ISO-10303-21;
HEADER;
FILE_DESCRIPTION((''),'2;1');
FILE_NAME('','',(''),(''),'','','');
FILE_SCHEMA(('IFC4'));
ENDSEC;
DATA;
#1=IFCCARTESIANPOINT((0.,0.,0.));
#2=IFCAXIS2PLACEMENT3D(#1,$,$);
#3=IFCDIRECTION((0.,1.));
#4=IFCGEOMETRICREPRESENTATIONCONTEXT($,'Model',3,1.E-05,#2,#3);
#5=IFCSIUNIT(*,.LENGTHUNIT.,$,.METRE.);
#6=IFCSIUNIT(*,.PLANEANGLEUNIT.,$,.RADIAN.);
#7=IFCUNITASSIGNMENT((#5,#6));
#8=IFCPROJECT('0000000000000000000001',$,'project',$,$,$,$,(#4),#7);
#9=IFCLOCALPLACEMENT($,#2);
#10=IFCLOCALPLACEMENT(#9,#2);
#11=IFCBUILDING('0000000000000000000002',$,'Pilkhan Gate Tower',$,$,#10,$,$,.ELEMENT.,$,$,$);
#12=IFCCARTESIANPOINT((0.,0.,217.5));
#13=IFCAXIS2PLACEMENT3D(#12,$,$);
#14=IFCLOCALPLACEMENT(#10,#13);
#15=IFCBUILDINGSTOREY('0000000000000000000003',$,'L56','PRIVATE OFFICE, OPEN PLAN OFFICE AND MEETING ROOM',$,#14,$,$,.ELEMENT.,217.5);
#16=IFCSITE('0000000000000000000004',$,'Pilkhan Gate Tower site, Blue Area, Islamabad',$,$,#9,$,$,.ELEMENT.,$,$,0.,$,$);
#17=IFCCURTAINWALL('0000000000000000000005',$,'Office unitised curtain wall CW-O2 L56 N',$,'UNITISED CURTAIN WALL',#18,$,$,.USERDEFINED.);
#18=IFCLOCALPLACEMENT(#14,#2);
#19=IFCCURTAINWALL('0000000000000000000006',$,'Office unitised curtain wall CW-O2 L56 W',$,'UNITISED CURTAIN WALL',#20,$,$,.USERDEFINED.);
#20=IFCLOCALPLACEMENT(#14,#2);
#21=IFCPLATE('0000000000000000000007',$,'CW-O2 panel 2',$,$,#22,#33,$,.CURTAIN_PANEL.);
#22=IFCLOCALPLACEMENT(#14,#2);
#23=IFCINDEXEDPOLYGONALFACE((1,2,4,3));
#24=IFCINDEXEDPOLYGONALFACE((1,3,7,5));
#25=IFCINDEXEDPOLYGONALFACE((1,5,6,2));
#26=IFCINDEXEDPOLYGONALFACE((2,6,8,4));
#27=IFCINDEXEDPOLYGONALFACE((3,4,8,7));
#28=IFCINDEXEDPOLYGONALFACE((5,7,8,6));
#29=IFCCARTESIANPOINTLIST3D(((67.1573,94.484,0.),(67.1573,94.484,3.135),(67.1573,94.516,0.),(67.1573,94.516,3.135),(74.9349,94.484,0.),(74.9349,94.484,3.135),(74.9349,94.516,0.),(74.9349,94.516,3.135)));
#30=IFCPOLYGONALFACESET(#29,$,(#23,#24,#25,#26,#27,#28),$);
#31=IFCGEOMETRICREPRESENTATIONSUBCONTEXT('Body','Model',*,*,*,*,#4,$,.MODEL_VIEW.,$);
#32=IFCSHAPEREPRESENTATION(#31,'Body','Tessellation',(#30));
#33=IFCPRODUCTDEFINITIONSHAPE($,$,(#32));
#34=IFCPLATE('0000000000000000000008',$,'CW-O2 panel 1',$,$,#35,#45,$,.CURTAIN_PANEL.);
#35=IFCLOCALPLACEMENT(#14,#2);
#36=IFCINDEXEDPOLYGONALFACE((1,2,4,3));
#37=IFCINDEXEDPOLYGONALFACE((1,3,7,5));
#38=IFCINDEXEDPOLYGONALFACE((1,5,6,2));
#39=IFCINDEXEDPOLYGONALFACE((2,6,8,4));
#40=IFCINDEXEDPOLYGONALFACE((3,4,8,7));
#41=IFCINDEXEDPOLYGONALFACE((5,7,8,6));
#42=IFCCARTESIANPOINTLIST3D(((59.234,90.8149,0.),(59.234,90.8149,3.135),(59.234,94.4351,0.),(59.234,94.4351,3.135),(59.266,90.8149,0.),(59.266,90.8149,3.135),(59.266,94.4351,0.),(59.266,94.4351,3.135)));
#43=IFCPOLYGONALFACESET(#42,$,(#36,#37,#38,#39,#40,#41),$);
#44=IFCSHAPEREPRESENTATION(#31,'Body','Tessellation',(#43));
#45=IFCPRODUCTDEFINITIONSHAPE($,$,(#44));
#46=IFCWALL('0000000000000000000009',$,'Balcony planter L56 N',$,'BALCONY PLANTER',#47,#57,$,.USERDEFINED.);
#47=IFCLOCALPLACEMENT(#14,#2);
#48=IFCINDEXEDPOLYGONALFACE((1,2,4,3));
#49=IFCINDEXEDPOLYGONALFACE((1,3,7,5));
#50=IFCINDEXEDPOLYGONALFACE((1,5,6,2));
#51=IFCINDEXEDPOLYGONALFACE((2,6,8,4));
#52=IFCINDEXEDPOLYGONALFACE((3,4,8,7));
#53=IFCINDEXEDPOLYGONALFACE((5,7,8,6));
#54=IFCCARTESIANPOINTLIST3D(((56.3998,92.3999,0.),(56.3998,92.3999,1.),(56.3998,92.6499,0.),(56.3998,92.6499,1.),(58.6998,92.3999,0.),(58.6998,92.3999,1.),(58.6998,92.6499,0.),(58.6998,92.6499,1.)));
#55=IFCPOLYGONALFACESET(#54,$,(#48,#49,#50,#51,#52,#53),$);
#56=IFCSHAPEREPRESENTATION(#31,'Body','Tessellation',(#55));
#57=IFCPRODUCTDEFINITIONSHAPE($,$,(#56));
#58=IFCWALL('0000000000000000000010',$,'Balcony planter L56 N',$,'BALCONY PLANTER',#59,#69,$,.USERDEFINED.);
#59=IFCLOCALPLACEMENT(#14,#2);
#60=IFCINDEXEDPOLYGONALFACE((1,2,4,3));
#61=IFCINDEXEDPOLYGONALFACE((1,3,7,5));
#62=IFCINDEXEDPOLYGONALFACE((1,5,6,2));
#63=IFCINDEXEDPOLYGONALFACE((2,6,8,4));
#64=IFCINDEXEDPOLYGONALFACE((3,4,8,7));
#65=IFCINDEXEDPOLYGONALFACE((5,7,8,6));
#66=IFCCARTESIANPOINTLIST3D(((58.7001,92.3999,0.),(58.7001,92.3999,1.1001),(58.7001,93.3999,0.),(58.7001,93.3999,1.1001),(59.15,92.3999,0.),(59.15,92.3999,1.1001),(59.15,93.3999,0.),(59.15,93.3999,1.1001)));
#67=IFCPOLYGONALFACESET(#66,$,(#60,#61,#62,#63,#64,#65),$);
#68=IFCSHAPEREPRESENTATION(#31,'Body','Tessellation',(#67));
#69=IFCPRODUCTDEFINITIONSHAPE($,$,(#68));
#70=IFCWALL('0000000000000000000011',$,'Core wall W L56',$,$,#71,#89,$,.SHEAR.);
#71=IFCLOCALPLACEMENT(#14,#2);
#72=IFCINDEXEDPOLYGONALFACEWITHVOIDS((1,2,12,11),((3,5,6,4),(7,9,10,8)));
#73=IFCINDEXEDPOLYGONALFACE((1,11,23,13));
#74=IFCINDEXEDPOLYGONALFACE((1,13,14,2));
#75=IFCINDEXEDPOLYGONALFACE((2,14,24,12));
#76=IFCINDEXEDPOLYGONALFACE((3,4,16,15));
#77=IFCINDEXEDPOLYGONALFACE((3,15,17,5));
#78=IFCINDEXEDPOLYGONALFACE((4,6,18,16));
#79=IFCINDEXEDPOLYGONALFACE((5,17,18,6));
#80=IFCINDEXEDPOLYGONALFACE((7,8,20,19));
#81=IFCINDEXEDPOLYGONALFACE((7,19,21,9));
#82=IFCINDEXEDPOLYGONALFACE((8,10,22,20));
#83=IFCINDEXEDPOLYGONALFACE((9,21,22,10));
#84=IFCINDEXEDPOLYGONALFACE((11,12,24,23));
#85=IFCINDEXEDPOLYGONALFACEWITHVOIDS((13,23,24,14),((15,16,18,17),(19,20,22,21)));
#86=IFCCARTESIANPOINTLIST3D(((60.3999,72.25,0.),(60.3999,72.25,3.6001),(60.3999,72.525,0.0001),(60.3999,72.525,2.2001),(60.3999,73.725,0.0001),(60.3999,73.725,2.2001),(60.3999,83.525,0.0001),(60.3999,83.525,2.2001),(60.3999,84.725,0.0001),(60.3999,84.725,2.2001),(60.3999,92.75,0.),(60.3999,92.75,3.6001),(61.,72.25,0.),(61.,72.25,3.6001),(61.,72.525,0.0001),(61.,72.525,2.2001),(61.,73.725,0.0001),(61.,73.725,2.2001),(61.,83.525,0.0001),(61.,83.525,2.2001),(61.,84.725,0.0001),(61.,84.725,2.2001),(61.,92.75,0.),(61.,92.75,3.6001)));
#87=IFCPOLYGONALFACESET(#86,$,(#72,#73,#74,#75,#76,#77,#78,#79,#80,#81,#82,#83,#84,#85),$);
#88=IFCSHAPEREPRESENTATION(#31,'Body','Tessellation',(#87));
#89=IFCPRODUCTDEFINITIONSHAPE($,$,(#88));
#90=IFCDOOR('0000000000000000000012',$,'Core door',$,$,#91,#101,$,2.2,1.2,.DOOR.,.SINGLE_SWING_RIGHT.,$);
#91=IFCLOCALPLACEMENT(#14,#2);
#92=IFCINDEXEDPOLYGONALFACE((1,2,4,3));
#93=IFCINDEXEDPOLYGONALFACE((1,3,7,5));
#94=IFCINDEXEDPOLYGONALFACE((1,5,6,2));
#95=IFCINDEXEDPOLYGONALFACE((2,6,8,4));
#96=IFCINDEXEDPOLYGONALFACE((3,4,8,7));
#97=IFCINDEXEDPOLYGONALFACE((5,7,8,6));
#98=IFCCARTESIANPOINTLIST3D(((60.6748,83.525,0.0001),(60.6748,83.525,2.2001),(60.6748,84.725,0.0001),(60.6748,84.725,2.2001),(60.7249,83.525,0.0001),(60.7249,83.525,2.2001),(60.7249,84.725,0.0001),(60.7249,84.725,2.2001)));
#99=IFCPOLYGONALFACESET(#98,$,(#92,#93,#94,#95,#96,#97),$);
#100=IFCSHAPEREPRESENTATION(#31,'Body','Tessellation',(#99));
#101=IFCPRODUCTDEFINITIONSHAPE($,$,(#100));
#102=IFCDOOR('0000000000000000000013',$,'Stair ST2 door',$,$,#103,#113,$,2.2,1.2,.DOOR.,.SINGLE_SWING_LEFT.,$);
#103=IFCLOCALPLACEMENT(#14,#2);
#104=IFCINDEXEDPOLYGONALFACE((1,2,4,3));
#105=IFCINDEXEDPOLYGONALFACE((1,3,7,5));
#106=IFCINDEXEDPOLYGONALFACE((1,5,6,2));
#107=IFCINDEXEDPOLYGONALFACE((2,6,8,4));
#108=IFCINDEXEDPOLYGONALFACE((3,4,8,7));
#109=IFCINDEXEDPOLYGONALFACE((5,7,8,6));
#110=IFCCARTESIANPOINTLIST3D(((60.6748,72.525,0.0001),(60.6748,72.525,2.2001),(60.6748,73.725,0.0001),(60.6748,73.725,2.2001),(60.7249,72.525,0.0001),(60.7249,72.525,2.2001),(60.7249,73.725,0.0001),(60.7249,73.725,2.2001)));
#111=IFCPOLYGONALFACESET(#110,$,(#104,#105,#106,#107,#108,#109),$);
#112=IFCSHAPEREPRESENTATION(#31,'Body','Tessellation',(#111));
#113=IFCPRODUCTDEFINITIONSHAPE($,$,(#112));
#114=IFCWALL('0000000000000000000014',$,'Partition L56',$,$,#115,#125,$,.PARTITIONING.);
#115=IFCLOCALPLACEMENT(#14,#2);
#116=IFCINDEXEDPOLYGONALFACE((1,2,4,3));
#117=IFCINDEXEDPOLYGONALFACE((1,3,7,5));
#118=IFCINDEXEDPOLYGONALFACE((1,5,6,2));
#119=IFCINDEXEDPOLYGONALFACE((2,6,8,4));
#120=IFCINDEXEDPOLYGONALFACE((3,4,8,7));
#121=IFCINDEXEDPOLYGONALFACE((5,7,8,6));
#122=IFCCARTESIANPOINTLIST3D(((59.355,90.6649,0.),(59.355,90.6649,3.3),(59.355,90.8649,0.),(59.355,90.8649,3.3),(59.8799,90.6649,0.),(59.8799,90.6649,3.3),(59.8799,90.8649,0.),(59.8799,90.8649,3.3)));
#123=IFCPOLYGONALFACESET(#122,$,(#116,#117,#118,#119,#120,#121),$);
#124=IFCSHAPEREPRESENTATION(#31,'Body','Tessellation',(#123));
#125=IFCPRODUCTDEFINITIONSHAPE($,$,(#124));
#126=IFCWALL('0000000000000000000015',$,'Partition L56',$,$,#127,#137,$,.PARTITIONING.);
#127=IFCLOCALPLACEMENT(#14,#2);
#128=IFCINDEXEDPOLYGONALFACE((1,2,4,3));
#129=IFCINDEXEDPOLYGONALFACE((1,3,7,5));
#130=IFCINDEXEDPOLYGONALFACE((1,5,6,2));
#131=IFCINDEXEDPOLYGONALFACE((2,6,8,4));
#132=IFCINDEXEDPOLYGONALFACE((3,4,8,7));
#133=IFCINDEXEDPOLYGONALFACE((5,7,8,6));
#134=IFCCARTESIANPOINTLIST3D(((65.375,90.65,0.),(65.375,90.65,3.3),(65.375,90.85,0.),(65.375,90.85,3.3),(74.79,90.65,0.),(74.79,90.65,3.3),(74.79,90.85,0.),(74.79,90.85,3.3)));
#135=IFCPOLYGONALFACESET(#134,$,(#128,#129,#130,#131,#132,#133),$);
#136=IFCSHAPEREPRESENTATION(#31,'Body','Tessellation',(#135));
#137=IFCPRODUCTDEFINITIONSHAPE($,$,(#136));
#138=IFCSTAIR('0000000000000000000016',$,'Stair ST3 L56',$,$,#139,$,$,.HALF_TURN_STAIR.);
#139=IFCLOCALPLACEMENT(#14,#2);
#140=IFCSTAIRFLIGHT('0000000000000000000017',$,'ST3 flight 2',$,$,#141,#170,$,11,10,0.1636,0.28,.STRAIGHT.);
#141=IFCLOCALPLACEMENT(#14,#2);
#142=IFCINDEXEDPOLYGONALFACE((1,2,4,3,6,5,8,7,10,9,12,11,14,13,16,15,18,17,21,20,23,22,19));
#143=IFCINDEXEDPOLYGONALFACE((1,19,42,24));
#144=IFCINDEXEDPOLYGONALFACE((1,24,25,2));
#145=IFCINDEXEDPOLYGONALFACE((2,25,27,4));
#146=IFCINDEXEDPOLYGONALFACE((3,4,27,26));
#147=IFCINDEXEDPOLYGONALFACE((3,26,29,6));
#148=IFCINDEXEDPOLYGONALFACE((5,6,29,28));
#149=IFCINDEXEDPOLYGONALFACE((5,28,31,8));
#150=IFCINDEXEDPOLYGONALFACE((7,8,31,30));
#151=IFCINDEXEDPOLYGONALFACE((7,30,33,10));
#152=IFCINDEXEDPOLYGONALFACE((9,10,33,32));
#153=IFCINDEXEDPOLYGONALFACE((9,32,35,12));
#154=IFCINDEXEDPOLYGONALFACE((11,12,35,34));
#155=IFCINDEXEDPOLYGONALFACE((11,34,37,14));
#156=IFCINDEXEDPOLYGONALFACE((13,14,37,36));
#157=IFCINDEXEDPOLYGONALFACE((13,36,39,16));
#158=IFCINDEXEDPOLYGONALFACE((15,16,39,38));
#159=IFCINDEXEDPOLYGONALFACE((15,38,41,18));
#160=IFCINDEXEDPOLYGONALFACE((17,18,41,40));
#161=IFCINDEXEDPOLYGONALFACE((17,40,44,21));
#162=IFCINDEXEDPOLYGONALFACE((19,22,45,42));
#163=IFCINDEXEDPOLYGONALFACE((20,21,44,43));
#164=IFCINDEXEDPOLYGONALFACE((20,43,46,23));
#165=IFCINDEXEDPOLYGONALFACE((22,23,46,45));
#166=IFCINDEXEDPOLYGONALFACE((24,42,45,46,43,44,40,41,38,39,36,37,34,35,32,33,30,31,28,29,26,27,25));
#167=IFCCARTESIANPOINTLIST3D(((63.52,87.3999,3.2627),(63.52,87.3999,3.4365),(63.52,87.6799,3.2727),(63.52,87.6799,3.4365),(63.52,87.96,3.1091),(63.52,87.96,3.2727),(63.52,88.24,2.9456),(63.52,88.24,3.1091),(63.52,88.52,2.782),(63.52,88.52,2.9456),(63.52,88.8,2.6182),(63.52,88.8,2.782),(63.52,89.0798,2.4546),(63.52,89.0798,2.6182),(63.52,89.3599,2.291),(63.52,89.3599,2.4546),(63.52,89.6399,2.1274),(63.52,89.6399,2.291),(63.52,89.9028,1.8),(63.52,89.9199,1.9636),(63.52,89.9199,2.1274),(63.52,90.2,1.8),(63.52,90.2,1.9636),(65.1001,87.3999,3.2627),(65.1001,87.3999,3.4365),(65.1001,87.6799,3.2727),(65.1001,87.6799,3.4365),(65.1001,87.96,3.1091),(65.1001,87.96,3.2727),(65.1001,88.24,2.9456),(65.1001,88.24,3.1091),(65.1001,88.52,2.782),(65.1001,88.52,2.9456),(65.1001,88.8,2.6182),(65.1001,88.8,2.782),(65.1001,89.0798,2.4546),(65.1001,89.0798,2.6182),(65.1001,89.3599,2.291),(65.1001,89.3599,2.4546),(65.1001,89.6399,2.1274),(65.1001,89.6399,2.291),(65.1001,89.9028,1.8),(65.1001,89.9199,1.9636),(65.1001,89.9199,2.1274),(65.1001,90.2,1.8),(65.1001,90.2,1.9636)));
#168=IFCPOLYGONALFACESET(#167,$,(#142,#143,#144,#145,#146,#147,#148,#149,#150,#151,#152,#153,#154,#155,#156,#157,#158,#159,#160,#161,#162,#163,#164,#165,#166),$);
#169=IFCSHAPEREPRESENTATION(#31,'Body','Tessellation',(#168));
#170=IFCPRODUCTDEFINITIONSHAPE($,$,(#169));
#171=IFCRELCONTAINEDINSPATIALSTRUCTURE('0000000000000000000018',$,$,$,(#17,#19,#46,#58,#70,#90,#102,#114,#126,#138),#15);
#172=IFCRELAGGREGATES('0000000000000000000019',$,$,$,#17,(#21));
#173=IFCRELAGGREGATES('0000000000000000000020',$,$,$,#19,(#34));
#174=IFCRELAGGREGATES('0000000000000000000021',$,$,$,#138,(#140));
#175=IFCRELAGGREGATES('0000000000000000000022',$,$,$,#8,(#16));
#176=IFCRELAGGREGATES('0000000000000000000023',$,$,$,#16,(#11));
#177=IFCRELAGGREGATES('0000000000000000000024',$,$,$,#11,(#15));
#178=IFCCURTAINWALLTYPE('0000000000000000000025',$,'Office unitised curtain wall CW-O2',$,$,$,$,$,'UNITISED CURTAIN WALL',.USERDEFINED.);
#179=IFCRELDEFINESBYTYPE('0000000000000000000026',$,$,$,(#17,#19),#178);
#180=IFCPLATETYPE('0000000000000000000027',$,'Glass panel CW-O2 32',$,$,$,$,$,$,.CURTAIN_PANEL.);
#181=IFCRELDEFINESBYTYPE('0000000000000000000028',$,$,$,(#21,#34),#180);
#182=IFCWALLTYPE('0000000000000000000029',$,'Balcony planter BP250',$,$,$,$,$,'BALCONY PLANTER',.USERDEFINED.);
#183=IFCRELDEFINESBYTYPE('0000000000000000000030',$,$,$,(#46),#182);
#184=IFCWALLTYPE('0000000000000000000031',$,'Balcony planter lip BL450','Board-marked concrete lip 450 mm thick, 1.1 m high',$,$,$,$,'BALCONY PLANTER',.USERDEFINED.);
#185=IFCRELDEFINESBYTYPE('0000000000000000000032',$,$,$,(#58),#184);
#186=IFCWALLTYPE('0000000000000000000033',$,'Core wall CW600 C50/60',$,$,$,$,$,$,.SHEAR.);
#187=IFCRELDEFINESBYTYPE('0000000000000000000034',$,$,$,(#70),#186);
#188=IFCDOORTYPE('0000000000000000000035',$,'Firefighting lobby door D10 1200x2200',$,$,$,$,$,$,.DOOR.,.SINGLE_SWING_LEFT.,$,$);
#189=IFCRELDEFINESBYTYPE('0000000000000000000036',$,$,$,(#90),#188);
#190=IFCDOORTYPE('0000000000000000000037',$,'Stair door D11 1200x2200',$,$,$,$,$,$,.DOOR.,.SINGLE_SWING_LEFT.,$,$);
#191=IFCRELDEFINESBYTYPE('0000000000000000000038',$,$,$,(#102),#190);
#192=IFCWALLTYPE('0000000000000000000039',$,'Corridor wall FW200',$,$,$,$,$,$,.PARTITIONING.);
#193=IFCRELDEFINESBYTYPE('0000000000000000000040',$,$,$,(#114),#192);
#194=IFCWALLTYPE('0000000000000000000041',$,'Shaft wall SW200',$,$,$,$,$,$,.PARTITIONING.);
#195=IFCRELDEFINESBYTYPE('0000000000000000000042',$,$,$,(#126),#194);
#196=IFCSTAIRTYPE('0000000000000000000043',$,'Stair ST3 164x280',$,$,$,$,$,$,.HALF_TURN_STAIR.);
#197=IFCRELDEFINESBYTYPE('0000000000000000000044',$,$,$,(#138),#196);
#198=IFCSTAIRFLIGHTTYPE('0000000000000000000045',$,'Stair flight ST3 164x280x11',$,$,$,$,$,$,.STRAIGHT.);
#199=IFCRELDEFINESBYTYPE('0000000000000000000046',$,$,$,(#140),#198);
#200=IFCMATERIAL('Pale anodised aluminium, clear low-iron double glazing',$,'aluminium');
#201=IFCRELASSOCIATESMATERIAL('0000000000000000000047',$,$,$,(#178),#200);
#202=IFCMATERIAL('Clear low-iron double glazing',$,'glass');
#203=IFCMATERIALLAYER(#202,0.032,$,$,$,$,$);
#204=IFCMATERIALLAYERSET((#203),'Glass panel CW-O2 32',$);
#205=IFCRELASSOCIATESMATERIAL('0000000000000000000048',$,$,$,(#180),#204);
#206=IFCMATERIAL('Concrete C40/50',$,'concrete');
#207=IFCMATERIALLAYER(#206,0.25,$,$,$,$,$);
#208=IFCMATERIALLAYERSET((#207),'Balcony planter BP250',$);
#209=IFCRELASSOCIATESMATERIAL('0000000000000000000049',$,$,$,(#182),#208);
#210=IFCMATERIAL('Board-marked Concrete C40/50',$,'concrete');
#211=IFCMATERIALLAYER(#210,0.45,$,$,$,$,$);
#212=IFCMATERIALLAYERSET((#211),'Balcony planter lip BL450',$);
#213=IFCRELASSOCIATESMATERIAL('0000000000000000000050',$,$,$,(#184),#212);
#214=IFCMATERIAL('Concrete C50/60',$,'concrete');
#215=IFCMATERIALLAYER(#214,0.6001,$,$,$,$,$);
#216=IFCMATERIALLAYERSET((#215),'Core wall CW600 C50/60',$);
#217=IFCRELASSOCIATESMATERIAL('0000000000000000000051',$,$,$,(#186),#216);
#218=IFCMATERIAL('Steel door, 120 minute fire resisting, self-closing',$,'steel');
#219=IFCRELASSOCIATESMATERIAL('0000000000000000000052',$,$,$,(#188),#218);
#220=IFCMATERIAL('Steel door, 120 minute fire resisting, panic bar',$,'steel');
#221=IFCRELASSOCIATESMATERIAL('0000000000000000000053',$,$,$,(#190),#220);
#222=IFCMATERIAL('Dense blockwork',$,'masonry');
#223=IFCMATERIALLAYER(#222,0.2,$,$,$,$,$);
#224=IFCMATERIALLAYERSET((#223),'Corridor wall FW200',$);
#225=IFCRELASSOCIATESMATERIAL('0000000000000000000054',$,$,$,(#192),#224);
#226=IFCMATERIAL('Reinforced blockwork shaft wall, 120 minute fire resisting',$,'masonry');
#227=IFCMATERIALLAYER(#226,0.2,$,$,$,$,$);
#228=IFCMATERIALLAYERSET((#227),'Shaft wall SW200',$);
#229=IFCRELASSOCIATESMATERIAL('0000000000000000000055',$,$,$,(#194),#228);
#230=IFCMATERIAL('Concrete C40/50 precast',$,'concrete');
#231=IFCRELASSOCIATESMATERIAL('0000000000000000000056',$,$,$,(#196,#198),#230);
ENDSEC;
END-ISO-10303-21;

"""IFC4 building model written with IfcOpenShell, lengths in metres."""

from ifc_helpers import new_model, si_unit, direction, frame, frame_2d, origin, origin_2d, place, context, subcontext, project, spatial, polyline, rectangle, outline, extrude, material, layer, layer_set, type_object, element, fill, aggregate, save


model = new_model("IFC4")

# Units and contexts
model_context = context("Model", 3, precision=1e-05, world=origin(), true_north=direction((0.0, 1.0)))
body_context = subcontext(model_context, "Body", "Model", "MODEL_VIEW")
ifc_project = project(units=[si_unit("LENGTHUNIT", "METRE"), si_unit("PLANEANGLEUNIT", "RADIAN")], contexts=[model_context])

# Site, building, storey
site_placement = place(None, origin())
site = spatial("IfcSite", under=ifc_project, at=site_placement, Name="Pilkhan Gate Tower site, Blue Area, Islamabad", CompositionType="ELEMENT", RefElevation=0.0)
building_placement = place(site_placement, origin())
building = spatial("IfcBuilding", under=site, at=building_placement, Name="Pilkhan Gate Tower", CompositionType="ELEMENT")
storey_placement = place(building_placement, frame((0.0, 0.0, 217.5)))
storey = spatial("IfcBuildingStorey", under=building, at=storey_placement, Name="L56", Description="PRIVATE OFFICE, OPEN PLAN OFFICE AND MEETING ROOM", CompositionType="ELEMENT", Elevation=217.5)

# Shared definitions
ifc_material_1 = material(Name="Concrete C50/60", Category="concrete")

# Curtain walls
ifc_material_2 = material(Name="Pale anodised aluminium, clear low-iron double glazing", Category="aluminium")
curtain_wall_type = type_object("IfcCurtainWallType", Name="Office unitised curtain wall CW-O2", ElementType="UNITISED CURTAIN WALL", PredefinedType="USERDEFINED", material=ifc_material_2)
curtain_wall_1_placement = place(storey_placement, origin())
curtain_wall_1 = element("IfcCurtainWall", 1, at=curtain_wall_1_placement, inside=storey, type_object=curtain_wall_type, Name="Office unitised curtain wall CW-O2 L56 N", ObjectType="UNITISED CURTAIN WALL", PredefinedType="USERDEFINED")
curtain_wall_2_placement = place(storey_placement, origin())
curtain_wall_2 = element("IfcCurtainWall", 2, at=curtain_wall_2_placement, inside=storey, type_object=curtain_wall_type, Name="Office unitised curtain wall CW-O2 L56 W", ObjectType="UNITISED CURTAIN WALL", PredefinedType="USERDEFINED")

# Plates
ifc_material_3 = material(Name="Clear low-iron double glazing", Category="glass")
ifc_layer_1 = layer(ifc_material_3, 0.032)
ifc_layer_set_1 = layer_set([ifc_layer_1], Name="Glass panel CW-O2 32")
plate_type = type_object("IfcPlateType", Name="Glass panel CW-O2 32", PredefinedType="CURTAIN_PANEL", material=ifc_layer_set_1)
plate_1_placement = place(storey_placement, frame((71.0461, 94.5, 0.0), z_axis=(0.0, 0.0, 1.0), x_axis=(1.0, 0.0, 0.0)))
plate_1 = element("IfcPlate", 3, at=plate_1_placement, type_object=plate_type, Name="CW-O2 panel 2", PredefinedType="CURTAIN_PANEL", context=body_context, shape_type="SweptSolid", body=[
    extrude(rectangle(XDim=7.7776, YDim=0.032, at=origin_2d()), origin(), (0.0, 0.0, 1.0), 3.135),
])
aggregate(curtain_wall_1, [plate_1])
plate_2_placement = place(storey_placement, frame((59.25, 92.625, 0.0), z_axis=(0.0, 0.0, 1.0), x_axis=(0.0, 1.0, 0.0)))
plate_2 = element("IfcPlate", 4, at=plate_2_placement, type_object=plate_type, Name="CW-O2 panel 1", PredefinedType="CURTAIN_PANEL", context=body_context, shape_type="SweptSolid", body=[
    extrude(rectangle(XDim=3.6201, YDim=0.032, at=origin_2d()), origin(), (0.0, 0.0, 1.0), 3.135),
])
aggregate(curtain_wall_2, [plate_2])

# Walls
ifc_material_4 = material(Name="Concrete C40/50", Category="concrete")
ifc_layer_2 = layer(ifc_material_4, 0.25)
ifc_layer_set_2 = layer_set([ifc_layer_2], Name="Balcony planter BP250")
wall_type_1 = type_object("IfcWallType", Name="Balcony planter BP250", ElementType="BALCONY PLANTER", PredefinedType="USERDEFINED", material=ifc_layer_set_2)
wall_1_placement = place(storey_placement, frame((56.3999, 92.5249, 0.0), z_axis=(0.0, 0.0, 1.0), x_axis=(1.0, 0.0, 0.0)))
element("IfcWall", 5, at=wall_1_placement, inside=storey, type_object=wall_type_1, Name="Balcony planter L56 N", ObjectType="BALCONY PLANTER", PredefinedType="USERDEFINED", context=body_context, shape_type="SweptSolid", body=[
    extrude(rectangle(XDim=2.3, YDim=0.25, at=frame_2d((1.1499, 0.0))), origin(), (0.0, 0.0, 1.0), 1.0),
])
ifc_material_5 = material(Name="Board-marked Concrete C40/50", Category="concrete")
ifc_layer_3 = layer(ifc_material_5, 0.45)
ifc_layer_set_3 = layer_set([ifc_layer_3], Name="Balcony planter lip BL450")
wall_type_2 = type_object("IfcWallType", Name="Balcony planter lip BL450", Description="Board-marked concrete lip 450 mm thick, 1.1 m high", ElementType="BALCONY PLANTER", PredefinedType="USERDEFINED", material=ifc_layer_set_3)
wall_2_placement = place(storey_placement, frame((58.925, 92.3999, 0.0), z_axis=(0.0, 0.0, 1.0), x_axis=(0.0, 1.0, 0.0)))
element("IfcWall", 6, at=wall_2_placement, inside=storey, type_object=wall_type_2, Name="Balcony planter L56 N", ObjectType="BALCONY PLANTER", PredefinedType="USERDEFINED", context=body_context, shape_type="SweptSolid", body=[
    extrude(rectangle(XDim=1.0, YDim=0.45, at=frame_2d((0.5, 0.0))), origin(), (0.0, 0.0, 1.0), 1.1001),
])

# Wall, openings, doors
ifc_layer_4 = layer(ifc_material_1, 0.6001)
ifc_layer_set_4 = layer_set([ifc_layer_4], Name="Core wall CW600 C50/60")
wall_type_3 = type_object("IfcWallType", Name="Core wall CW600 C50/60", PredefinedType="SHEAR", material=ifc_layer_set_4)
wall_3_placement = place(storey_placement, frame((60.7, 92.75, 0.0), z_axis=(0.0, 0.0, 1.0), x_axis=(0.0, -1.0, 0.0)))
wall_3 = element("IfcWall", 7, at=wall_3_placement, inside=storey, type_object=wall_type_3, Name="Core wall W L56", PredefinedType="SHEAR", context=body_context, shape_type="SweptSolid", body=[
    extrude(rectangle(XDim=20.5, YDim=0.6001, at=frame_2d((10.25, 0.0))), origin(), (0.0, 0.0, 1.0), 3.6001),
])
opening_1_placement = place(wall_3_placement, frame((19.0249, 0.0, 0.0)))
opening_1 = element("IfcOpeningElement", 8, at=opening_1_placement, cuts=wall_3, PredefinedType="OPENING", context=body_context, shape_type="SweptSolid", body=[
    extrude(rectangle(XDim=1.2, YDim=2.2, at=frame_2d((0.6001, 1.1001))), frame((0.0, 0.3101, 0.0), z_axis=(0.0, -1.0, 0.0), x_axis=(1.0, 0.0, 0.0)), (0.0, 0.0, 1.0), 0.6201),
])
opening_2_placement = place(wall_3_placement, frame((8.0249, 0.0, 0.0)))
opening_2 = element("IfcOpeningElement", 9, at=opening_2_placement, cuts=wall_3, PredefinedType="OPENING", context=body_context, shape_type="SweptSolid", body=[
    extrude(rectangle(XDim=1.2, YDim=2.2, at=frame_2d((0.6001, 1.1001))), frame((0.0, 0.3101, 0.0), z_axis=(0.0, -1.0, 0.0), x_axis=(1.0, 0.0, 0.0)), (0.0, 0.0, 1.0), 0.6201),
])
ifc_material_6 = material(Name="Steel door, 120 minute fire resisting, self-closing", Category="steel")
door_type_1 = type_object("IfcDoorType", Name="Firefighting lobby door D10 1200x2200", OperationType="SINGLE_SWING_LEFT", PredefinedType="DOOR", material=ifc_material_6)
door_1_placement = place(opening_2_placement, origin())
door_1 = element("IfcDoor", 10, at=door_1_placement, inside=storey, type_object=door_type_1, Name="Core door", OperationType="SINGLE_SWING_RIGHT", OverallHeight=2.2, OverallWidth=1.2, PredefinedType="DOOR", context=body_context, shape_type="SweptSolid", body=[
    extrude(rectangle(XDim=1.2, YDim=2.2, at=frame_2d((0.6001, 1.1001))), frame((0.0, 0.0249, 0.0), z_axis=(0.0, -1.0, 0.0), x_axis=(1.0, 0.0, 0.0)), (0.0, 0.0, 1.0), 0.05),
])
fill(opening_2, door_1)
ifc_material_7 = material(Name="Steel door, 120 minute fire resisting, panic bar", Category="steel")
door_type_2 = type_object("IfcDoorType", Name="Stair door D11 1200x2200", OperationType="SINGLE_SWING_LEFT", PredefinedType="DOOR", material=ifc_material_7)
door_2_placement = place(opening_1_placement, origin())
door_2 = element("IfcDoor", 11, at=door_2_placement, inside=storey, type_object=door_type_2, Name="Stair ST2 door", OperationType="SINGLE_SWING_LEFT", OverallHeight=2.2, OverallWidth=1.2, PredefinedType="DOOR", context=body_context, shape_type="SweptSolid", body=[
    extrude(rectangle(XDim=1.2, YDim=2.2, at=frame_2d((0.6001, 1.1001))), frame((0.0, 0.0249, 0.0), z_axis=(0.0, -1.0, 0.0), x_axis=(1.0, 0.0, 0.0)), (0.0, 0.0, 1.0), 0.05),
])
fill(opening_1, door_2)

# Wall
ifc_material_8 = material(Name="Dense blockwork", Category="masonry")
ifc_layer_5 = layer(ifc_material_8, 0.2)
ifc_layer_set_5 = layer_set([ifc_layer_5], Name="Corridor wall FW200")
wall_type_4 = type_object("IfcWallType", Name="Corridor wall FW200", PredefinedType="PARTITIONING", material=ifc_layer_set_5)
wall_4_placement = place(storey_placement, frame((59.355, 90.7649, 0.0), z_axis=(0.0, 0.0, 1.0), x_axis=(1.0, 0.0, 0.0)))
element("IfcWall", 12, at=wall_4_placement, inside=storey, type_object=wall_type_4, Name="Partition L56", PredefinedType="PARTITIONING", context=body_context, shape_type="SweptSolid", body=[
    extrude(rectangle(XDim=0.5249, YDim=0.2, at=frame_2d((0.2625, 0.0))), origin(), (0.0, 0.0, 1.0), 3.3),
])

# Wall
ifc_material_9 = material(Name="Reinforced blockwork shaft wall, 120 minute fire resisting", Category="masonry")
ifc_layer_6 = layer(ifc_material_9, 0.2)
ifc_layer_set_6 = layer_set([ifc_layer_6], Name="Shaft wall SW200")
wall_type_5 = type_object("IfcWallType", Name="Shaft wall SW200", PredefinedType="PARTITIONING", material=ifc_layer_set_6)
wall_5_placement = place(storey_placement, frame((65.375, 90.75, 0.0), z_axis=(0.0, 0.0, 1.0), x_axis=(1.0, 0.0, 0.0)))
element("IfcWall", 13, at=wall_5_placement, inside=storey, type_object=wall_type_5, Name="Partition L56", PredefinedType="PARTITIONING", context=body_context, shape_type="SweptSolid", body=[
    extrude(rectangle(XDim=9.415, YDim=0.2, at=frame_2d((4.7075, 0.0))), origin(), (0.0, 0.0, 1.0), 3.3),
])

# Stair, stair flight
ifc_material_10 = material(Name="Concrete C40/50 precast", Category="concrete")
stair_type = type_object("IfcStairType", Name="Stair ST3 164x280", PredefinedType="HALF_TURN_STAIR", material=ifc_material_10)
stair_placement = place(storey_placement, origin())
stair = element("IfcStair", 14, at=stair_placement, inside=storey, type_object=stair_type, Name="Stair ST3 L56", PredefinedType="HALF_TURN_STAIR")
stair_flight_type = type_object("IfcStairFlightType", Name="Stair flight ST3 164x280x11", PredefinedType="STRAIGHT", material=ifc_material_10)
stair_flight_placement = place(storey_placement, frame((64.3101, 90.2, 1.8), z_axis=(0.0, 0.0, 1.0), x_axis=(0.0, -1.0, 0.0)))
stair_flight = element("IfcStairFlight", 15, at=stair_flight_placement, type_object=stair_flight_type, Name="ST3 flight 2", NumberOfRisers=11, NumberOfTreads=10, PredefinedType="STRAIGHT", RiserHeight=0.1636, TreadLength=0.28, context=body_context, shape_type="SweptSolid", body=[
    extrude(outline(polyline([(0.0, 0.0), (0.0, 0.1636), (0.28, 0.1636), (0.28, 0.3274), (0.5601, 0.3274), (0.5601, 0.491), (0.8401, 0.491), (0.8401, 0.6545), (1.1201, 0.6545), (1.1201, 0.8181), (1.3999, 0.8181), (1.3999, 0.9819), (1.6799, 0.9819), (1.6799, 1.1455), (1.96, 1.1455), (1.96, 1.3091), (2.24, 1.3091), (2.24, 1.4727), (2.52, 1.4727), (2.52, 1.6365), (2.8, 1.6365), (2.8, 1.8), (2.8, 1.4626), (0.2971, 0.0), (0.0, 0.0)])), frame((0.0, 0.79, 0.0), z_axis=(0.0, -1.0, 0.0), x_axis=(1.0, 0.0, 0.0)), (0.0, 0.0, 1.0), 1.5801),
])
aggregate(stair, [stair_flight])

save(model, "model.ifc")
